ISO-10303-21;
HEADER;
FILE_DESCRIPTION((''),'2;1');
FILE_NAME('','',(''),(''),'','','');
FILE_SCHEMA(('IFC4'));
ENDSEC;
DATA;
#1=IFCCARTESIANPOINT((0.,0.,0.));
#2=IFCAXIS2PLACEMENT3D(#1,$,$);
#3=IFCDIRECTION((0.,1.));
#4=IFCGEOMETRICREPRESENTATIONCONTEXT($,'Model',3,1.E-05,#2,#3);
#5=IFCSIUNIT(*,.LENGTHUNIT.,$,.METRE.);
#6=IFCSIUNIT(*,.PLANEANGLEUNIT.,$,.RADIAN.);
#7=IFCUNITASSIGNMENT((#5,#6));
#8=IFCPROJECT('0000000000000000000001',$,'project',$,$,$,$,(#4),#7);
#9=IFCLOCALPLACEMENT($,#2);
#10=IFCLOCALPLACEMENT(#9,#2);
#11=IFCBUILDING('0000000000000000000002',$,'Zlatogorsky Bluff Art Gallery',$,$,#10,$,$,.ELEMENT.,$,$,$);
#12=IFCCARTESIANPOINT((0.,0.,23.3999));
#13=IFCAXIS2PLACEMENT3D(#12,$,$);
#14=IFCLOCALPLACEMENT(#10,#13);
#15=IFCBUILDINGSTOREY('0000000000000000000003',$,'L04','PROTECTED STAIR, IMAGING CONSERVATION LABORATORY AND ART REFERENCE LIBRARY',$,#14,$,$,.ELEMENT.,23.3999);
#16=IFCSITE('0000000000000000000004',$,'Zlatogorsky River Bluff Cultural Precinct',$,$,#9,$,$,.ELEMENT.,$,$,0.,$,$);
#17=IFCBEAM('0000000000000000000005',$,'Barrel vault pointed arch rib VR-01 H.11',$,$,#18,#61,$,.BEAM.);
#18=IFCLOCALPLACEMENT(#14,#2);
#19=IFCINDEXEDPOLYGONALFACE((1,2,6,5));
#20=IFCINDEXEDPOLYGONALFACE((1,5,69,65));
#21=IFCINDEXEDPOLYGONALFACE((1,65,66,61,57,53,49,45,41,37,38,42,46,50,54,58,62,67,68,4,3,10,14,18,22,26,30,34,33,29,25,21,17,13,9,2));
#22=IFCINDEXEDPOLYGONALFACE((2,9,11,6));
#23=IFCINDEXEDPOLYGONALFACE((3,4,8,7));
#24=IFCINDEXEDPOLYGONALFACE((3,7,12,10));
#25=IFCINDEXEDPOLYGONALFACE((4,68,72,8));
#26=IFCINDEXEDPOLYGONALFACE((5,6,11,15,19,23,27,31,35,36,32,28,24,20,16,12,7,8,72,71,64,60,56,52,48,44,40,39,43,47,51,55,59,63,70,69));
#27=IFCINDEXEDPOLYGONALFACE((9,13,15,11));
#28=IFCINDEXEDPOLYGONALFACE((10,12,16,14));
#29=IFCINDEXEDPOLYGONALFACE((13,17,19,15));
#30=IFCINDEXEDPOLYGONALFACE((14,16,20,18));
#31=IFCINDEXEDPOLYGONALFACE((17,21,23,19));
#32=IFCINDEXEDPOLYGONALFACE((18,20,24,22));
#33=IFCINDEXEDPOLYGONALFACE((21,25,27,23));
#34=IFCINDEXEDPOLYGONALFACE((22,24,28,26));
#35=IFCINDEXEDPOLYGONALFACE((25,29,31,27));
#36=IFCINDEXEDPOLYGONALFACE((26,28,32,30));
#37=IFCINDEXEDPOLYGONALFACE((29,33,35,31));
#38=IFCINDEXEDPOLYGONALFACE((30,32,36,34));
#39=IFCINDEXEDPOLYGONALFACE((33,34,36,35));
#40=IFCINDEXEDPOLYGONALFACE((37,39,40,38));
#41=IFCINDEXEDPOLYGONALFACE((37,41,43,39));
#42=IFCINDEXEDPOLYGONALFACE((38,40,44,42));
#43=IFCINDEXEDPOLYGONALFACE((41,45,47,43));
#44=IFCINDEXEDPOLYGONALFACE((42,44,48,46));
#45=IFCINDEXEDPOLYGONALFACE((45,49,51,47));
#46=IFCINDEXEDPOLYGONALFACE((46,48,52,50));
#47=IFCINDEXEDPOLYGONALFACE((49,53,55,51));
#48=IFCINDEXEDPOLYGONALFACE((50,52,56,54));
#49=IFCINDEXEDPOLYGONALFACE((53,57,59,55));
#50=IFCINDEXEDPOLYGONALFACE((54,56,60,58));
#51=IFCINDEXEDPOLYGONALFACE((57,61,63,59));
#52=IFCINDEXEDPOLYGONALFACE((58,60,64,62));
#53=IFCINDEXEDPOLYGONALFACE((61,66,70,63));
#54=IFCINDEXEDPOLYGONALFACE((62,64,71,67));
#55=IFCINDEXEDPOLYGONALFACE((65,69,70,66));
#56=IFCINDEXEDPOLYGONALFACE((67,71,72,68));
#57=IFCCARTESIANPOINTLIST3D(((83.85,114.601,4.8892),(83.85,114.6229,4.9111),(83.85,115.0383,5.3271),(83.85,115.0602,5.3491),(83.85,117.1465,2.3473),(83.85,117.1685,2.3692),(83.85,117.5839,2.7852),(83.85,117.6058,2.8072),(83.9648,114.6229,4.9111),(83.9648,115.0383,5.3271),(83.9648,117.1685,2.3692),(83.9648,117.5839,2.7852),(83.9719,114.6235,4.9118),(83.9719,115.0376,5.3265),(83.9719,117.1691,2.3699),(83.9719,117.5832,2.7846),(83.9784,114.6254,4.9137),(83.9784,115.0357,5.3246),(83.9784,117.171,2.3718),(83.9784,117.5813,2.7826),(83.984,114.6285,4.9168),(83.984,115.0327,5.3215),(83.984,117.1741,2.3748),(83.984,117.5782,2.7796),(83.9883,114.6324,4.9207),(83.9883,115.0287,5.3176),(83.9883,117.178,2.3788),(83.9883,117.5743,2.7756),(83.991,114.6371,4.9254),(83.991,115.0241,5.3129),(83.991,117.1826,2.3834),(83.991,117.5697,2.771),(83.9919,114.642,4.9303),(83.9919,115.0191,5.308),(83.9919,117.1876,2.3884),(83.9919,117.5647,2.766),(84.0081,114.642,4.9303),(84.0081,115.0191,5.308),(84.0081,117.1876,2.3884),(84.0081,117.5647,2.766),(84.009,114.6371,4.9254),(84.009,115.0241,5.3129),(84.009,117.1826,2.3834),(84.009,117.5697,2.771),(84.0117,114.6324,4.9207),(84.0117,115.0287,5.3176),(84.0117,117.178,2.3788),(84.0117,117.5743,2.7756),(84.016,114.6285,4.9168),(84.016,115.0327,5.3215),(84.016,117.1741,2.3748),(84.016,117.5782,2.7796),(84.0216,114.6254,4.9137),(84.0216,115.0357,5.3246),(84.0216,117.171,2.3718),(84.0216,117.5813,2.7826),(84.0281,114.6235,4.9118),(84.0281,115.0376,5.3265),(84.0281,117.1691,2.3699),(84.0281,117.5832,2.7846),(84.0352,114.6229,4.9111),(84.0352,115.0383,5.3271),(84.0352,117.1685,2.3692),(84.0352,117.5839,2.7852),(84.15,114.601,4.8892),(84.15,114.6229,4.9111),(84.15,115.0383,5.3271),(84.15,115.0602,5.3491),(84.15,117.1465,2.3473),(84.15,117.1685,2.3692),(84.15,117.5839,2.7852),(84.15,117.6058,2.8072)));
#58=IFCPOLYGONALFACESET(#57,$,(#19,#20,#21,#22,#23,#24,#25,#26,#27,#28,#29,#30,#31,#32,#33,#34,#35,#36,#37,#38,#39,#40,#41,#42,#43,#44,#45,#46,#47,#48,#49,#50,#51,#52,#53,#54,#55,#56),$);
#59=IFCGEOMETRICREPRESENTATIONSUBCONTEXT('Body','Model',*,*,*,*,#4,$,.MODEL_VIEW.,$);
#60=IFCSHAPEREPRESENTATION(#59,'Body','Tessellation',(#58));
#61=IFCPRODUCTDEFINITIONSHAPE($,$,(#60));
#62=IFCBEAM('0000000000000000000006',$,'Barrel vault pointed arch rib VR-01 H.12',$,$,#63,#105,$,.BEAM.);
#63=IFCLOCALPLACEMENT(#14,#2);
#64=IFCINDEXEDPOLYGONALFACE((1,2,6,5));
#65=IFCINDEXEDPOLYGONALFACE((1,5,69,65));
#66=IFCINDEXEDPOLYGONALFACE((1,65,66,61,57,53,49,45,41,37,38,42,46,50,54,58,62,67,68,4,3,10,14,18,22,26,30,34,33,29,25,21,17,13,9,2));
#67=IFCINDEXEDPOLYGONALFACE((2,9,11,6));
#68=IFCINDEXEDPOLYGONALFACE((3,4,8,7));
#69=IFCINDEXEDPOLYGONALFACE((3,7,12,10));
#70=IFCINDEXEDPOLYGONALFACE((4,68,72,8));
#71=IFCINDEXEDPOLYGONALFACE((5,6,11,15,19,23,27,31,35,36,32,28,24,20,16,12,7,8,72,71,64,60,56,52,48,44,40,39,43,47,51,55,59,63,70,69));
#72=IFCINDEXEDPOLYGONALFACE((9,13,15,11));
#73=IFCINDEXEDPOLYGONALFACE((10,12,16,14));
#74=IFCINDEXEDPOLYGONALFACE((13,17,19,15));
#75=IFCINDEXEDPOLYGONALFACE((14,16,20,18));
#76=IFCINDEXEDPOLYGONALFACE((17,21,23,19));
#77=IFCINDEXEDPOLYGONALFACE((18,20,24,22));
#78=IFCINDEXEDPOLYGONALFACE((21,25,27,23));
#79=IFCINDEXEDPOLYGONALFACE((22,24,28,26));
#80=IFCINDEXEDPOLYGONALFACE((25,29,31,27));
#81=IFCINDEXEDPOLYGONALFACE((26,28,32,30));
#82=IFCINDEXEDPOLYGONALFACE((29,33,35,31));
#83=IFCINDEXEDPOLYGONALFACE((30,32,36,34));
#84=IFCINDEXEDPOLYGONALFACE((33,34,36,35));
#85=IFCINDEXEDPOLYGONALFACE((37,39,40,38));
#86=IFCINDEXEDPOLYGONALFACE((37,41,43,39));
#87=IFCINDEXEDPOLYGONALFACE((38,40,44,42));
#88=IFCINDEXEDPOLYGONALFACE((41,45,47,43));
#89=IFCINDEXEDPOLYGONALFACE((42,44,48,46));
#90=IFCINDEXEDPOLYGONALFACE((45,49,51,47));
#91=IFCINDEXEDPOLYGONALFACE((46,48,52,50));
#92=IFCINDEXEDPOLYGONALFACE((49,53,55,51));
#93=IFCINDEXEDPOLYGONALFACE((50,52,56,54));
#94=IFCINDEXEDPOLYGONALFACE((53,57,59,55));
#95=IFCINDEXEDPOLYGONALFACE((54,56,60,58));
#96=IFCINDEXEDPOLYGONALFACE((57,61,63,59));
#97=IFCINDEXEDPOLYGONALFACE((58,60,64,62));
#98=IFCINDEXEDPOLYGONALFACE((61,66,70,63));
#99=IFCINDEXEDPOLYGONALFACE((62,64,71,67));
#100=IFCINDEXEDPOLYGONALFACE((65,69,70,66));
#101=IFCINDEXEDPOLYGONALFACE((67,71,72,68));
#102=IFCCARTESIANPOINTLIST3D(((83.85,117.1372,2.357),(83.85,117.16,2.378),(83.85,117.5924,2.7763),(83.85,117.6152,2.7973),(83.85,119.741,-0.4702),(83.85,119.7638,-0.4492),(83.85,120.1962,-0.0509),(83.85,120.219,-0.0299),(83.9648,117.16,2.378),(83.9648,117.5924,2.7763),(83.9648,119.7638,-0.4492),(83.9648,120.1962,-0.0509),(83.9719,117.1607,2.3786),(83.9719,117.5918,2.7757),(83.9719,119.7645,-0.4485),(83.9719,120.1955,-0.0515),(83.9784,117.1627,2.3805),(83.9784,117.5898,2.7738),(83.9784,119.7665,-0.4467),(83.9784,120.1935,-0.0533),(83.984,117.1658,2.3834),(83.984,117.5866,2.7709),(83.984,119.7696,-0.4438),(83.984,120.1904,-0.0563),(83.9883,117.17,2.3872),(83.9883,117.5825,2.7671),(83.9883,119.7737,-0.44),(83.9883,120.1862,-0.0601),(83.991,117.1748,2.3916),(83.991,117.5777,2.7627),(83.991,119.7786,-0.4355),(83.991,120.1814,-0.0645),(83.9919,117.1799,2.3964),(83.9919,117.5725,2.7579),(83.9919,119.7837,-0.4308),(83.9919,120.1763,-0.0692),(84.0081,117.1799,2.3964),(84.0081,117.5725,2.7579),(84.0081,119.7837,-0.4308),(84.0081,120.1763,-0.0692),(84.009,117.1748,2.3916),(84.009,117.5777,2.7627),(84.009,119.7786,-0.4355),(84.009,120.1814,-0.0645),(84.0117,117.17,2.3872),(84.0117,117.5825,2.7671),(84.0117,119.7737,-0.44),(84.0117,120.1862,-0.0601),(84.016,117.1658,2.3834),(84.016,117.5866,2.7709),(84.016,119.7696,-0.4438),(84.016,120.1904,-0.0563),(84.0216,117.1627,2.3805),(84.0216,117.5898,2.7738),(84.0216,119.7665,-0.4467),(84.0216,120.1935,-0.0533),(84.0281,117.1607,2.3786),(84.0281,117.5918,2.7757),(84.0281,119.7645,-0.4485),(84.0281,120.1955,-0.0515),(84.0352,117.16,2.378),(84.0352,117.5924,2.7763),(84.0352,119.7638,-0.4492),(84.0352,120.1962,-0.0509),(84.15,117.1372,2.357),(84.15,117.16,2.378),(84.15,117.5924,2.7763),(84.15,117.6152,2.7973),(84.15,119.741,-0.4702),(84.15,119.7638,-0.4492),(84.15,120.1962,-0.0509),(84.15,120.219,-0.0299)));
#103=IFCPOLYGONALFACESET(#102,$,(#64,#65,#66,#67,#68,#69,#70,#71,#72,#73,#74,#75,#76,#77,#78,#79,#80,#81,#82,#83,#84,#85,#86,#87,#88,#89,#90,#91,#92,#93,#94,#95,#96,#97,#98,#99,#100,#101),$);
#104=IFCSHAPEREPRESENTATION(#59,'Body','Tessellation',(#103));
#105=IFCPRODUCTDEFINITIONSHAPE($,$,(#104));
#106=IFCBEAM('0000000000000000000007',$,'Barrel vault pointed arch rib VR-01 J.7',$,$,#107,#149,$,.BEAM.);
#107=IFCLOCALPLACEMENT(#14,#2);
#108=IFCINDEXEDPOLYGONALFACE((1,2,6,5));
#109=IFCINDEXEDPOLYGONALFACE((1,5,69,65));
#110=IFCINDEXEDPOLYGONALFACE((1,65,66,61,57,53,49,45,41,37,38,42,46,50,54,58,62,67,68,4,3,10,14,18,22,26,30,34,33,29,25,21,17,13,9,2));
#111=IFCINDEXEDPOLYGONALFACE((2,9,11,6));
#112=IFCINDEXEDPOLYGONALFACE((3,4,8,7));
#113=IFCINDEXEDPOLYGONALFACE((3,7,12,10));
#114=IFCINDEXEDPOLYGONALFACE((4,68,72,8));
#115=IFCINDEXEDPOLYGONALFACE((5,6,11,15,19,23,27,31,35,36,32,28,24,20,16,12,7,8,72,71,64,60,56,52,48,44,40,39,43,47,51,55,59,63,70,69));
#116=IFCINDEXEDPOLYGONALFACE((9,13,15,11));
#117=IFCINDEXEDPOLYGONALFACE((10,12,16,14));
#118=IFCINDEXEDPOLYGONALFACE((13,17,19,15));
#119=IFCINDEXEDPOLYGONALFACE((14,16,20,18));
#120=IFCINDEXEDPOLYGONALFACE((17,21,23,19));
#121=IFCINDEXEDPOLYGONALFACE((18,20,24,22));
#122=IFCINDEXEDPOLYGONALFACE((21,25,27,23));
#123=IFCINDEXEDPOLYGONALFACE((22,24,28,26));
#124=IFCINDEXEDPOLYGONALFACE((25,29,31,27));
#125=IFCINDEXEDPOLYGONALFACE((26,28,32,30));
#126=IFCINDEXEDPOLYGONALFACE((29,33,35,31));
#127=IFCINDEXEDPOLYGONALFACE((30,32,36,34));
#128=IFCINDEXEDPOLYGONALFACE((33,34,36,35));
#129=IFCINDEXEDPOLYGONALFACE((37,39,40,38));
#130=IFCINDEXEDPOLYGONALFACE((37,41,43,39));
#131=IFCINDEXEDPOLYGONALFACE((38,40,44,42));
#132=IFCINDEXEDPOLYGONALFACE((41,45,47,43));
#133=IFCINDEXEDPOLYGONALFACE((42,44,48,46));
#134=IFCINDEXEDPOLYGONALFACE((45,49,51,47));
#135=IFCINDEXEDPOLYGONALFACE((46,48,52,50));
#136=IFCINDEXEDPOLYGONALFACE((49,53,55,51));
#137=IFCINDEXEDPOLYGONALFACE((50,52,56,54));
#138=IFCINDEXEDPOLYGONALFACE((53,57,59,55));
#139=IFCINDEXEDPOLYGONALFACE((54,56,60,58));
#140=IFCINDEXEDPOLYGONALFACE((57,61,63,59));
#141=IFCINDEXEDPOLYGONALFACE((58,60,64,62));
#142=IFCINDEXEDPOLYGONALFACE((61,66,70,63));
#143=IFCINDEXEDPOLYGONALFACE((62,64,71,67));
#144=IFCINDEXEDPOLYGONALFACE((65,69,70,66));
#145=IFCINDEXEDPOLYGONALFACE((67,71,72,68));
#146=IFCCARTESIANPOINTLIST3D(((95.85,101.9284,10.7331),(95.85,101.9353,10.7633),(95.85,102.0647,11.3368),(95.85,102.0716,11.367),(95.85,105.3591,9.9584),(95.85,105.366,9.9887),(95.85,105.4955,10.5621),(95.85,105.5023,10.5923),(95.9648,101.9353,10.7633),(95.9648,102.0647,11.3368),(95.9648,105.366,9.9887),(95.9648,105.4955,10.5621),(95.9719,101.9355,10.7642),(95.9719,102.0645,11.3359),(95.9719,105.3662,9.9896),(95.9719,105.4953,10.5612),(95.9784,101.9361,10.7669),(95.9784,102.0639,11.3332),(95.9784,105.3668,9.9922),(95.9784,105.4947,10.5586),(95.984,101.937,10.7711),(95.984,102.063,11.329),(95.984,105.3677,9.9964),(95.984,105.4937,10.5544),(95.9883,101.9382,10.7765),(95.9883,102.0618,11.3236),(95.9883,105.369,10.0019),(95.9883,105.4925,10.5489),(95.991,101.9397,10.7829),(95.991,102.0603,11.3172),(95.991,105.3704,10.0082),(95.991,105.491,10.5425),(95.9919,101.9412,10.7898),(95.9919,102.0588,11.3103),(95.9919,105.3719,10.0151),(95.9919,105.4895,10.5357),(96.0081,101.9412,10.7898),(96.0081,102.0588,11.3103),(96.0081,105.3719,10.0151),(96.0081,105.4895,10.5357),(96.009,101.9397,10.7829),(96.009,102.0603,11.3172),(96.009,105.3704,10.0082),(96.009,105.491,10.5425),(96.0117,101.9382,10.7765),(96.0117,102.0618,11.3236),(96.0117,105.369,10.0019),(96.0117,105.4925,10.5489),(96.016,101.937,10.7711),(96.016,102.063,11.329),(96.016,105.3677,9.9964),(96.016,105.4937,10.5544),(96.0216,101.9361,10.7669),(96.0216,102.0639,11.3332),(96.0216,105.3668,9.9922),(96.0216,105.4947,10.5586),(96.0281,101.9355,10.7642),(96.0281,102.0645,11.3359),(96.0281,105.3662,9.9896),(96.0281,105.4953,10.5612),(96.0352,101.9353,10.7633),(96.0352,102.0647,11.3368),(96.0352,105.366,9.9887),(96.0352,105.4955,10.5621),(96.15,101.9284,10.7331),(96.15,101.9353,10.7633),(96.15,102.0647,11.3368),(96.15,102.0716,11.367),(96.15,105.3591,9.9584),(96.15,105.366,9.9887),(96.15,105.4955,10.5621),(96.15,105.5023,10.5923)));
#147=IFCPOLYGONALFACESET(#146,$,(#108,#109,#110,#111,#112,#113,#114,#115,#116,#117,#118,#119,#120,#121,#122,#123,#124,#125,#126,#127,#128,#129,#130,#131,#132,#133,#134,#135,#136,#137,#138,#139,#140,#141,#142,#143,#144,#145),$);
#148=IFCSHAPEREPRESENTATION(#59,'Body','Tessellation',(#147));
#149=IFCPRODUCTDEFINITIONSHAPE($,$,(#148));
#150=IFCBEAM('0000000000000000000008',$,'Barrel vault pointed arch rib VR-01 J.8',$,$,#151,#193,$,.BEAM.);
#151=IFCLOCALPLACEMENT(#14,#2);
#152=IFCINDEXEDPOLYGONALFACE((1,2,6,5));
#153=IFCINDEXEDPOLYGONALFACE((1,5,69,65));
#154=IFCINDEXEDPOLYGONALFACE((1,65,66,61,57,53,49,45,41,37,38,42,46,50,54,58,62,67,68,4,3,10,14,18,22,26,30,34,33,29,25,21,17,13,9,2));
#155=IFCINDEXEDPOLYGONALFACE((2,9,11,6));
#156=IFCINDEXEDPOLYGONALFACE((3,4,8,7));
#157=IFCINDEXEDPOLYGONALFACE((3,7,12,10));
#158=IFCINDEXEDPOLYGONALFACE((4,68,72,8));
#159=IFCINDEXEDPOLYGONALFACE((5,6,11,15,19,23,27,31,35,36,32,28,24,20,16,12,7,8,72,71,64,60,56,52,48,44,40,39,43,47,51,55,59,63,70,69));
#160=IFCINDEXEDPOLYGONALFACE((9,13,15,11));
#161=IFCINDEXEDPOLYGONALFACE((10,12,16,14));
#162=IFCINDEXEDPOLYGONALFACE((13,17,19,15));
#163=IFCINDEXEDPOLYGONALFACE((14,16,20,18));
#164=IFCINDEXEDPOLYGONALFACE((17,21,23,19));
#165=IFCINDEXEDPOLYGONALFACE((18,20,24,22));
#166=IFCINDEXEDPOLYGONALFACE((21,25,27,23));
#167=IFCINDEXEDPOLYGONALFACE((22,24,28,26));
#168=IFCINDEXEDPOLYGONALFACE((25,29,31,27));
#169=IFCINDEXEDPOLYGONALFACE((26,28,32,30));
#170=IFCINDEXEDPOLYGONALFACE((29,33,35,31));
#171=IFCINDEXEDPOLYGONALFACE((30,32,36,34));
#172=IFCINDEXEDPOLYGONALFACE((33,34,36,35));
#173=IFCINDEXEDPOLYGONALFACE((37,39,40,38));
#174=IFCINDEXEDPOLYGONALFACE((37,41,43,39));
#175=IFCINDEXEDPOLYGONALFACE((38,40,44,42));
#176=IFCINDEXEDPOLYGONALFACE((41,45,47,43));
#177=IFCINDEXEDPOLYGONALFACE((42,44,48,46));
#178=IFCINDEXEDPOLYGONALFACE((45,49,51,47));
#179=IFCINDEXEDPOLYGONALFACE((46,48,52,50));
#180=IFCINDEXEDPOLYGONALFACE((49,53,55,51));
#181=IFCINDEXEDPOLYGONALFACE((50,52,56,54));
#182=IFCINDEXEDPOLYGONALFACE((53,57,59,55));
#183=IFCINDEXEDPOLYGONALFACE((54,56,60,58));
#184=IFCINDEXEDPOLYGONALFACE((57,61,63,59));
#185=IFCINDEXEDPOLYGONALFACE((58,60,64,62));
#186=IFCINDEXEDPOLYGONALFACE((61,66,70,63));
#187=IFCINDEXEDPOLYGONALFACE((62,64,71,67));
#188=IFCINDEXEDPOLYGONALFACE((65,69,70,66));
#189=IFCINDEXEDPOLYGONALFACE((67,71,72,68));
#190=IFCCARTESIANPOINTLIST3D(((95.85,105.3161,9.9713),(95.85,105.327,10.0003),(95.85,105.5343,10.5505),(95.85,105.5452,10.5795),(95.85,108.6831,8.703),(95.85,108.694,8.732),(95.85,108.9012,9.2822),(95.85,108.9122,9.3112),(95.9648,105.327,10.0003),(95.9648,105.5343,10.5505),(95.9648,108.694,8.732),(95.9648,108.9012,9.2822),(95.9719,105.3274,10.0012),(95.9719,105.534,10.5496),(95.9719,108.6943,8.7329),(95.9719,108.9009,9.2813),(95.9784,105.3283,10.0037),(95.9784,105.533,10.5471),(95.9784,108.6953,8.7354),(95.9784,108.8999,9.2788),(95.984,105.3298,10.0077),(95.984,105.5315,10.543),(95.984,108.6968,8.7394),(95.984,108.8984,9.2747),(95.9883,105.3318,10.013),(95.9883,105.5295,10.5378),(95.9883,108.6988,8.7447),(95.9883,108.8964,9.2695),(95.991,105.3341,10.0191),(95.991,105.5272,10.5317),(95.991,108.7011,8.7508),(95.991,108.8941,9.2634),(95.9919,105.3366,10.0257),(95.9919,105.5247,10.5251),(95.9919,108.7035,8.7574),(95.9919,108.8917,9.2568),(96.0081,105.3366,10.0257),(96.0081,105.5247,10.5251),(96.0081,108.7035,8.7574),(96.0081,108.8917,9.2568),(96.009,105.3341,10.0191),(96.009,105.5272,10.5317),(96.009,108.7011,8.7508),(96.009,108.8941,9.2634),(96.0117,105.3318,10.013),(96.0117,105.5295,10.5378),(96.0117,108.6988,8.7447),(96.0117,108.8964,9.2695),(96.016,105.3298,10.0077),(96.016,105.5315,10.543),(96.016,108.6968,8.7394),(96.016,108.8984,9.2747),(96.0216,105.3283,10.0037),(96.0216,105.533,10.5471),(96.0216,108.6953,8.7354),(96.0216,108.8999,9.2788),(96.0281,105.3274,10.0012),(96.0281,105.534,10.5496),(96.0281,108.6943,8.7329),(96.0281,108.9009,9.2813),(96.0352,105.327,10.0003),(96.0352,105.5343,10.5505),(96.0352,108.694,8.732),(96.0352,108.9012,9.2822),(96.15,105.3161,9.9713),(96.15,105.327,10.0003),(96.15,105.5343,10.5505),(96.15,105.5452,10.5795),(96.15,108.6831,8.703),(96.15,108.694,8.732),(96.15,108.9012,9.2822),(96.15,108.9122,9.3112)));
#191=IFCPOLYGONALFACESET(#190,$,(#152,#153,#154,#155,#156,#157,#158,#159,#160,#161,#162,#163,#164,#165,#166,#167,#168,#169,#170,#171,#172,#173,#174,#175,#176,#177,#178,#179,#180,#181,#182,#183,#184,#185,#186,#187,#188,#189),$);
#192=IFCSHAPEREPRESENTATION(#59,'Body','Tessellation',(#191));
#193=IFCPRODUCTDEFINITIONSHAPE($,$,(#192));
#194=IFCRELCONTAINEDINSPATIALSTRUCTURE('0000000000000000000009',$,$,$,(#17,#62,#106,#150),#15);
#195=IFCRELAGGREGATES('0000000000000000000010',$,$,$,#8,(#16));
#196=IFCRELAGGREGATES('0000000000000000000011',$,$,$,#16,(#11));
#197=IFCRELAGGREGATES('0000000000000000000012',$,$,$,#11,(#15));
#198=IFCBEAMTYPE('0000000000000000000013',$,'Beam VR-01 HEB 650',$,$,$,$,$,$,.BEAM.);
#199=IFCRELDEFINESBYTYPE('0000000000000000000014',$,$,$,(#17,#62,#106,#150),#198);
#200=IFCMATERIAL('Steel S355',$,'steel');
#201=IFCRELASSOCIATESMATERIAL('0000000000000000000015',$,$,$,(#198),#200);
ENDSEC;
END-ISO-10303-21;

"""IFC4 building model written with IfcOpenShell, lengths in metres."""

from ifc_helpers import new_model, si_unit, direction, frame, origin, origin_2d, place, context, subcontext, project, spatial, i_section, extrude, material, material_profile, profile_set, type_object, element, save


model = new_model("IFC4")

# Units and contexts
model_context = context("Model", 3, precision=1e-05, world=origin(), true_north=direction((0.0, 1.0)))
body_context = subcontext(model_context, "Body", "Model", "MODEL_VIEW")
ifc_project = project(units=[si_unit("LENGTHUNIT", "METRE"), si_unit("PLANEANGLEUNIT", "RADIAN")], contexts=[model_context])

# Site, building, storey
site_placement = place(None, origin())
site = spatial("IfcSite", under=ifc_project, at=site_placement, Name="Zlatogorsky River Bluff Cultural Precinct", CompositionType="ELEMENT", RefElevation=0.0)
building_placement = place(site_placement, origin())
building = spatial("IfcBuilding", under=site, at=building_placement, Name="Zlatogorsky Bluff Art Gallery", CompositionType="ELEMENT")
storey_placement = place(building_placement, frame((0.0, 0.0, 23.3999)))
storey = spatial("IfcBuildingStorey", under=building, at=storey_placement, Name="L04", Description="PROTECTED STAIR, IMAGING CONSERVATION LABORATORY AND ART REFERENCE LIBRARY", CompositionType="ELEMENT", Elevation=23.3999)

# Beams
ifc_material_1 = material(Name="Steel S355", Category="steel")
ifc_material_profile_1 = material_profile(ifc_material_1, i_section(OverallWidth=0.3, OverallDepth=0.6499, WebThickness=0.0161, FlangeThickness=0.031, FilletRadius=0.0271, at=origin_2d()), Name="HEB 650")
ifc_profile_set_1 = profile_set([ifc_material_profile_1], Name="Steel S355")
beam_type_1 = type_object("IfcBeamType", Name="Beam VR-01 HEB 650", PredefinedType="BEAM", material=ifc_profile_set_1)
beam_1_placement = place(storey_placement, frame((84.0, 114.8306, 5.1191), z_axis=(0.0, 0.707616, -0.706598), x_axis=(-1.0, 0.0, 0.0)))
element("IfcBeam", 1, at=beam_1_placement, inside=storey, type_object=beam_type_1, Name="Barrel vault pointed arch rib VR-01 H.11", PredefinedType="BEAM", context=body_context, shape_type="SweptSolid", body=[
    extrude(i_section(OverallWidth=0.3, OverallDepth=0.6499, WebThickness=0.0161, FlangeThickness=0.031, FilletRadius=0.0271, at=origin_2d()), origin(), (0.0, 0.0, 1.0), 3.5974),
])
beam_2_placement = place(storey_placement, frame((84.0, 117.3762, 2.5771), z_axis=(0.0, 0.677449, -0.73557), x_axis=(-1.0, 0.0, 0.0)))
element("IfcBeam", 2, at=beam_2_placement, inside=storey, type_object=beam_type_1, Name="Barrel vault pointed arch rib VR-01 H.12", PredefinedType="BEAM", context=body_context, shape_type="SweptSolid", body=[
    extrude(i_section(OverallWidth=0.3, OverallDepth=0.6499, WebThickness=0.0161, FlangeThickness=0.031, FilletRadius=0.0271, at=origin_2d()), origin(), (0.0, 0.0, 1.0), 3.8435),
])
beam_3_placement = place(storey_placement, frame((96.0, 102.0, 11.05), z_axis=(0.0, 0.975441, -0.220259), x_axis=(-1.0, 0.0, 0.0)))
element("IfcBeam", 3, at=beam_3_placement, inside=storey, type_object=beam_type_1, Name="Barrel vault pointed arch rib VR-01 J.7", PredefinedType="BEAM", context=body_context, shape_type="SweptSolid", body=[
    extrude(i_section(OverallWidth=0.3, OverallDepth=0.6499, WebThickness=0.0161, FlangeThickness=0.031, FilletRadius=0.0271, at=origin_2d()), origin(), (0.0, 0.0, 1.0), 3.5171),
])
beam_4_placement = place(storey_placement, frame((96.0, 105.4307, 10.2754), z_axis=(0.0, 0.935807, -0.352514), x_axis=(-1.0, 0.0, 0.0)))
element("IfcBeam", 4, at=beam_4_placement, inside=storey, type_object=beam_type_1, Name="Barrel vault pointed arch rib VR-01 J.8", PredefinedType="BEAM", context=body_context, shape_type="SweptSolid", body=[
    extrude(i_section(OverallWidth=0.3, OverallDepth=0.6499, WebThickness=0.0161, FlangeThickness=0.031, FilletRadius=0.0271, at=origin_2d()), origin(), (0.0, 0.0, 1.0), 3.5979),
])

save(model, "model.ifc")
